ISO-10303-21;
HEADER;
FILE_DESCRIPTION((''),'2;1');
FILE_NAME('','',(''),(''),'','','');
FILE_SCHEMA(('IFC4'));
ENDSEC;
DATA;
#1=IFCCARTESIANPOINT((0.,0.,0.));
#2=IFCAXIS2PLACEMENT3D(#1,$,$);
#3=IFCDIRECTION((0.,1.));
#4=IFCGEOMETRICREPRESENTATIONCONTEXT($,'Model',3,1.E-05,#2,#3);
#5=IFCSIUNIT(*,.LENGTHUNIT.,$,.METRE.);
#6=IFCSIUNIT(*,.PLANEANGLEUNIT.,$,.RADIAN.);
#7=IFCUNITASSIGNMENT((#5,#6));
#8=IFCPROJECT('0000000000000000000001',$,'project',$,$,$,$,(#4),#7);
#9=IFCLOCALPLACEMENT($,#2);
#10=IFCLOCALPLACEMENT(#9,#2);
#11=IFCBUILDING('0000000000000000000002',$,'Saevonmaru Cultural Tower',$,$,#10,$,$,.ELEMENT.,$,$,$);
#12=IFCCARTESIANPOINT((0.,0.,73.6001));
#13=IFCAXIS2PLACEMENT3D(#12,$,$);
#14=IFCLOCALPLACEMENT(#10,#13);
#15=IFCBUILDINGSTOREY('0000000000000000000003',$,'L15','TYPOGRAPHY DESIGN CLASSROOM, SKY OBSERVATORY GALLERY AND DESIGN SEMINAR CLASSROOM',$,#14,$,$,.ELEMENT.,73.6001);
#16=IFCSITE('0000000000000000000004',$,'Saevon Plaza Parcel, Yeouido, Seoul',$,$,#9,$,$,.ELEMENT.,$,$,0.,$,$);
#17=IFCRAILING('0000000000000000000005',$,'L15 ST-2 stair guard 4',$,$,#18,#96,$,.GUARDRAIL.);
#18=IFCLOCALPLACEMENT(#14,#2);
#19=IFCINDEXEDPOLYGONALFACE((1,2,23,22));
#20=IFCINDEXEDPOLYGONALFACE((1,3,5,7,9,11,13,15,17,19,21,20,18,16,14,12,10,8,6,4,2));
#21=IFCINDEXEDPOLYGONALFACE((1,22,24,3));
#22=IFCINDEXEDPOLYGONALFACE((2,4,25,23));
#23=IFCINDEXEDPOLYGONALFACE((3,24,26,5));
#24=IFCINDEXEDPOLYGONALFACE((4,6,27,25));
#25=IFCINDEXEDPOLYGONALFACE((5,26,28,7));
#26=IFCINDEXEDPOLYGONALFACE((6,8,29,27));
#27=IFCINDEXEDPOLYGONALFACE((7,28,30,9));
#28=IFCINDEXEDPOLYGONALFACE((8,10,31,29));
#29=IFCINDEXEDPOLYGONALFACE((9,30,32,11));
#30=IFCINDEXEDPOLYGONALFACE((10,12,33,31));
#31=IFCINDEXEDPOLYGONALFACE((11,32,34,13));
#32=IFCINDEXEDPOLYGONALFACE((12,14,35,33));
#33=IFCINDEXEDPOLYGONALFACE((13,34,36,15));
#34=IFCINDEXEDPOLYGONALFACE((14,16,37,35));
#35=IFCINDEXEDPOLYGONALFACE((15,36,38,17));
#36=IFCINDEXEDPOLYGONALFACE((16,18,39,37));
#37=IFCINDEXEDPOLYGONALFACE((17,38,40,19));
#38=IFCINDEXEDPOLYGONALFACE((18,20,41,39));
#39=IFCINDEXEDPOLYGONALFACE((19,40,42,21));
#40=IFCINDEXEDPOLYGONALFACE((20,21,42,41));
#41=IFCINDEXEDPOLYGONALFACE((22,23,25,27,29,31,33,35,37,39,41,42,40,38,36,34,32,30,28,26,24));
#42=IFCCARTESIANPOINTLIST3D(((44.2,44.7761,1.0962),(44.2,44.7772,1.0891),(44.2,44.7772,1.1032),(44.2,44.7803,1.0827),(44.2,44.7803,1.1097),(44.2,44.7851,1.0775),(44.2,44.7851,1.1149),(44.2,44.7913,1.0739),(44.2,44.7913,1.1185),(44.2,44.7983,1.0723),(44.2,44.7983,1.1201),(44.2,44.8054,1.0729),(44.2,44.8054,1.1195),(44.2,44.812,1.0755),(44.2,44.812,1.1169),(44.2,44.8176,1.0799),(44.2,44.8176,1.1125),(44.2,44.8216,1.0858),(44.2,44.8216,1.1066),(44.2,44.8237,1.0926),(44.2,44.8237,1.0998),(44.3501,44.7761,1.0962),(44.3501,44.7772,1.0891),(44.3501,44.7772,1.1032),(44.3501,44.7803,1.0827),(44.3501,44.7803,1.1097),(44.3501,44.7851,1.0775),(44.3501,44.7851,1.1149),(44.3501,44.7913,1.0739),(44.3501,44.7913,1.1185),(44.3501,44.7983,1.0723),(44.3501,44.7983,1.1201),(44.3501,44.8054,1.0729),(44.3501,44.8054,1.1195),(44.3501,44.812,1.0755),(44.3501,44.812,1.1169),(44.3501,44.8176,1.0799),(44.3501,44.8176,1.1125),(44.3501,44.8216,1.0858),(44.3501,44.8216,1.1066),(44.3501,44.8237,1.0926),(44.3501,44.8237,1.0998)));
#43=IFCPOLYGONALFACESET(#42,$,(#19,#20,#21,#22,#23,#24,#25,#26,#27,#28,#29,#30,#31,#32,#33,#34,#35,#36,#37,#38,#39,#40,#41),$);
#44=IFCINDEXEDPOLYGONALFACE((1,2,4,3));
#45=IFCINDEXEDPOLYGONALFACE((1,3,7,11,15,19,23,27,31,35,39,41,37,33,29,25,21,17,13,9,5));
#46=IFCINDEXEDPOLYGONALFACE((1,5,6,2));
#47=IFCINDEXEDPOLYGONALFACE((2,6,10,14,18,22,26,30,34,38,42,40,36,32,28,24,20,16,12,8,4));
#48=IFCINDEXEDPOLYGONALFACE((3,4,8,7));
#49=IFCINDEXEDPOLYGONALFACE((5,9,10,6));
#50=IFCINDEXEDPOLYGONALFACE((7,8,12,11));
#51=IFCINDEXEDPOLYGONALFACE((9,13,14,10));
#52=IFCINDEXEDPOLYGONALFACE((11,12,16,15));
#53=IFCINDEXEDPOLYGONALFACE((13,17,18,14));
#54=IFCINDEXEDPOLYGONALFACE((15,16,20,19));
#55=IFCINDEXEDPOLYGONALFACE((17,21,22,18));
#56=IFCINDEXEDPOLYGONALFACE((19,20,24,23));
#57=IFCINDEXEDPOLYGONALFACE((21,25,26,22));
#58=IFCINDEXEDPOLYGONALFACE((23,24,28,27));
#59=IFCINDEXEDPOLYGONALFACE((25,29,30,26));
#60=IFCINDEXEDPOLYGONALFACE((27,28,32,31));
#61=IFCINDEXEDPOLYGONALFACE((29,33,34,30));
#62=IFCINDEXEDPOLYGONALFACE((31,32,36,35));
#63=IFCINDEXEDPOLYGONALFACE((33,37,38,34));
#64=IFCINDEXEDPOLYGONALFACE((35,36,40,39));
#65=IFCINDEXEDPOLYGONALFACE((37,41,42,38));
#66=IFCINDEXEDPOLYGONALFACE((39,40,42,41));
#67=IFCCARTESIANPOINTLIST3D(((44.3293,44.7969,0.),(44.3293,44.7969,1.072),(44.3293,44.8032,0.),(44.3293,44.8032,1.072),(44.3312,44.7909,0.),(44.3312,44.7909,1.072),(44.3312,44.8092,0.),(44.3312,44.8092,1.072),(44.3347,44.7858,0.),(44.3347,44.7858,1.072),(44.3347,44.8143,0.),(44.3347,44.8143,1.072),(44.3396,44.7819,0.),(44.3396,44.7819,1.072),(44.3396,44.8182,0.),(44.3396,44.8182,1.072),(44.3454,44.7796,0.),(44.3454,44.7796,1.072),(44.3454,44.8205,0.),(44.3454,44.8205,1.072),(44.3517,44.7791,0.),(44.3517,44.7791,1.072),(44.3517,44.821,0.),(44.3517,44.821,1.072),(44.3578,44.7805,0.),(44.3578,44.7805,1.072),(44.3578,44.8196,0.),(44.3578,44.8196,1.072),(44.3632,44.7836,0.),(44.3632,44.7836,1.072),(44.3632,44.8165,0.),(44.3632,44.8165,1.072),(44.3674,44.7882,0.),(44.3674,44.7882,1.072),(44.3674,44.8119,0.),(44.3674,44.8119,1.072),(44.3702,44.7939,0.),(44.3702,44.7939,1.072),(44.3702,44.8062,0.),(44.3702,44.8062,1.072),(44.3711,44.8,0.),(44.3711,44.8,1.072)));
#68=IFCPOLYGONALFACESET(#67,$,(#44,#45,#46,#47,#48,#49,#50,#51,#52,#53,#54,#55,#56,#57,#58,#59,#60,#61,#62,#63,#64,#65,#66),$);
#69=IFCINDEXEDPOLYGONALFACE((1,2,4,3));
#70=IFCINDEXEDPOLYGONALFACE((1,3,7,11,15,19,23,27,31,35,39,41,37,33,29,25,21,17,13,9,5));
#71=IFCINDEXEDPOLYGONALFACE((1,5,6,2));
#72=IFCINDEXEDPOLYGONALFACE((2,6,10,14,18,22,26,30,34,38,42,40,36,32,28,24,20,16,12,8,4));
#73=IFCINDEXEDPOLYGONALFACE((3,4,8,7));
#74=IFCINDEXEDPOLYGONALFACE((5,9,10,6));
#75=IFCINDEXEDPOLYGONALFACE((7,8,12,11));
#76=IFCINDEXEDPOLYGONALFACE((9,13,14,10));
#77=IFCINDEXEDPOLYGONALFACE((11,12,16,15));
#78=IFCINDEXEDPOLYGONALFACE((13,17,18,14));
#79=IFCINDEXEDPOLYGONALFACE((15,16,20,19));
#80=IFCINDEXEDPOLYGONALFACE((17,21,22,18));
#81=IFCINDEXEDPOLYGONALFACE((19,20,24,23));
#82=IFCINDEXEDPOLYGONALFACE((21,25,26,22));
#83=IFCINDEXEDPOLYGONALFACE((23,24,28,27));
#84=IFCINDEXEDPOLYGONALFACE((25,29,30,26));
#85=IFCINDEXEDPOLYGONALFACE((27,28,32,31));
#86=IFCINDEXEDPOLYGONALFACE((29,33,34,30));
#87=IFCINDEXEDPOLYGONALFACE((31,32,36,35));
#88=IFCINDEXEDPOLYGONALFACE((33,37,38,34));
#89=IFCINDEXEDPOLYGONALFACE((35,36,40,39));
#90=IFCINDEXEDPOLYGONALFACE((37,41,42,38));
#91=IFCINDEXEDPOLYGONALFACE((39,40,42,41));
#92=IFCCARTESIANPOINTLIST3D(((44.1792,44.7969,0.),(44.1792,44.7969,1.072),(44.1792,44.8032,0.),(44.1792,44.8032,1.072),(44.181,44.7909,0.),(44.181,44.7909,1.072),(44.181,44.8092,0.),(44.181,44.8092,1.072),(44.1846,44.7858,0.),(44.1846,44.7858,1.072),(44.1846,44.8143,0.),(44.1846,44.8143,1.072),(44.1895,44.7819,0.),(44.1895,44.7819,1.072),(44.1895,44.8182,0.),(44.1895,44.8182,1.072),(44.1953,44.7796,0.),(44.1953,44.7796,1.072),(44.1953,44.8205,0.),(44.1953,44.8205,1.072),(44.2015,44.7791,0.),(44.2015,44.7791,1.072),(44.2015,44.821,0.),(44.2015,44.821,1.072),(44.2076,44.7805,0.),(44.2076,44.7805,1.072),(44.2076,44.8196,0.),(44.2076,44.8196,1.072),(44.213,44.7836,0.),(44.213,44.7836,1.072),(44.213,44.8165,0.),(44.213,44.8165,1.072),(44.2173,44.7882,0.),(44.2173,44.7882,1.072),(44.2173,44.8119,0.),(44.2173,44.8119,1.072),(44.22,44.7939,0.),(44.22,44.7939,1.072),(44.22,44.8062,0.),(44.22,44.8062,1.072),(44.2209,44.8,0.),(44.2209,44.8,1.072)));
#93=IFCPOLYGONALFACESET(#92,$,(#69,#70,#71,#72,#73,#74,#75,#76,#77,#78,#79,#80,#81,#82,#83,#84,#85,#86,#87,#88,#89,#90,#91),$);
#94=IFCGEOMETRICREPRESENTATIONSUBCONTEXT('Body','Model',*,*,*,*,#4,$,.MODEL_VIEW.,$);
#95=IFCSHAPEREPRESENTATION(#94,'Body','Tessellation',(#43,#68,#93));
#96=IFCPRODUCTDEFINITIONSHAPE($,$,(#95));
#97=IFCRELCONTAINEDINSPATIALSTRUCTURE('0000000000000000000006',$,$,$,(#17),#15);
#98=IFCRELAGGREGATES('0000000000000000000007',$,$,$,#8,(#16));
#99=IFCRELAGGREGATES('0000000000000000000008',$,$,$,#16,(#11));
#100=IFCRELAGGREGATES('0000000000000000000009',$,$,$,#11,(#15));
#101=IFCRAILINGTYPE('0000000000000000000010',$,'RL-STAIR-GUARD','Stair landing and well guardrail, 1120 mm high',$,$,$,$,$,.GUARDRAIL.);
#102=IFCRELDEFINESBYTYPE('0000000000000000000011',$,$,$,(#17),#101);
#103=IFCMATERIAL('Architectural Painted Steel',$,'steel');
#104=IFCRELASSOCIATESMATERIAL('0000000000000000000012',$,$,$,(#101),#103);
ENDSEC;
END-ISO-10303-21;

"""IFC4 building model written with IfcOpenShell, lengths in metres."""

from ifc_helpers import new_model, si_unit, direction, frame, origin, origin_2d, place, context, subcontext, project, spatial, circle, extrude, material, type_object, element, save


model = new_model("IFC4")

# Units and contexts
model_context = context("Model", 3, precision=1e-05, world=origin(), true_north=direction((0.0, 1.0)))
body_context = subcontext(model_context, "Body", "Model", "MODEL_VIEW")
ifc_project = project(units=[si_unit("LENGTHUNIT", "METRE"), si_unit("PLANEANGLEUNIT", "RADIAN")], contexts=[model_context])

# Site, building, storey
site_placement = place(None, origin())
site = spatial("IfcSite", under=ifc_project, at=site_placement, Name="Saevon Plaza Parcel, Yeouido, Seoul", CompositionType="ELEMENT", RefElevation=0.0)
building_placement = place(site_placement, origin())
building = spatial("IfcBuilding", under=site, at=building_placement, Name="Saevonmaru Cultural Tower", CompositionType="ELEMENT")
storey_placement = place(building_placement, frame((0.0, 0.0, 73.6001)))
storey = spatial("IfcBuildingStorey", under=building, at=storey_placement, Name="L15", Description="TYPOGRAPHY DESIGN CLASSROOM, SKY OBSERVATORY GALLERY AND DESIGN SEMINAR CLASSROOM", CompositionType="ELEMENT", Elevation=73.6001)

# Railing
ifc_material_1 = material(Name="Architectural Painted Steel", Category="steel")
railing_type = type_object("IfcRailingType", Name="RL-STAIR-GUARD", Description="Stair landing and well guardrail, 1120 mm high", PredefinedType="GUARDRAIL", material=ifc_material_1)
railing_placement = place(storey_placement, frame((44.3501, 44.8, 0.0)))
element("IfcRailing", 1, at=railing_placement, inside=storey, type_object=railing_type, Name="L15 ST-2 stair guard 4", PredefinedType="GUARDRAIL", context=body_context, shape_type="SweptSolid", body=[
    extrude(circle(Radius=0.0239, at=origin_2d()), frame((0.0, 0.0, 1.0962), z_axis=(-1.0, 0.0, 0.0), x_axis=(0.0, -1.0, 0.0)), (0.0, 0.0, 1.0), 0.1501),
    extrude(circle(Radius=0.021, at=origin_2d()), origin(), (0.0, 0.0, 1.0), 1.072),
    extrude(circle(Radius=0.021, at=origin_2d()), frame((-0.1501, 0.0, 0.0)), (0.0, 0.0, 1.0), 1.072),
])

save(model, "model.ifc")
